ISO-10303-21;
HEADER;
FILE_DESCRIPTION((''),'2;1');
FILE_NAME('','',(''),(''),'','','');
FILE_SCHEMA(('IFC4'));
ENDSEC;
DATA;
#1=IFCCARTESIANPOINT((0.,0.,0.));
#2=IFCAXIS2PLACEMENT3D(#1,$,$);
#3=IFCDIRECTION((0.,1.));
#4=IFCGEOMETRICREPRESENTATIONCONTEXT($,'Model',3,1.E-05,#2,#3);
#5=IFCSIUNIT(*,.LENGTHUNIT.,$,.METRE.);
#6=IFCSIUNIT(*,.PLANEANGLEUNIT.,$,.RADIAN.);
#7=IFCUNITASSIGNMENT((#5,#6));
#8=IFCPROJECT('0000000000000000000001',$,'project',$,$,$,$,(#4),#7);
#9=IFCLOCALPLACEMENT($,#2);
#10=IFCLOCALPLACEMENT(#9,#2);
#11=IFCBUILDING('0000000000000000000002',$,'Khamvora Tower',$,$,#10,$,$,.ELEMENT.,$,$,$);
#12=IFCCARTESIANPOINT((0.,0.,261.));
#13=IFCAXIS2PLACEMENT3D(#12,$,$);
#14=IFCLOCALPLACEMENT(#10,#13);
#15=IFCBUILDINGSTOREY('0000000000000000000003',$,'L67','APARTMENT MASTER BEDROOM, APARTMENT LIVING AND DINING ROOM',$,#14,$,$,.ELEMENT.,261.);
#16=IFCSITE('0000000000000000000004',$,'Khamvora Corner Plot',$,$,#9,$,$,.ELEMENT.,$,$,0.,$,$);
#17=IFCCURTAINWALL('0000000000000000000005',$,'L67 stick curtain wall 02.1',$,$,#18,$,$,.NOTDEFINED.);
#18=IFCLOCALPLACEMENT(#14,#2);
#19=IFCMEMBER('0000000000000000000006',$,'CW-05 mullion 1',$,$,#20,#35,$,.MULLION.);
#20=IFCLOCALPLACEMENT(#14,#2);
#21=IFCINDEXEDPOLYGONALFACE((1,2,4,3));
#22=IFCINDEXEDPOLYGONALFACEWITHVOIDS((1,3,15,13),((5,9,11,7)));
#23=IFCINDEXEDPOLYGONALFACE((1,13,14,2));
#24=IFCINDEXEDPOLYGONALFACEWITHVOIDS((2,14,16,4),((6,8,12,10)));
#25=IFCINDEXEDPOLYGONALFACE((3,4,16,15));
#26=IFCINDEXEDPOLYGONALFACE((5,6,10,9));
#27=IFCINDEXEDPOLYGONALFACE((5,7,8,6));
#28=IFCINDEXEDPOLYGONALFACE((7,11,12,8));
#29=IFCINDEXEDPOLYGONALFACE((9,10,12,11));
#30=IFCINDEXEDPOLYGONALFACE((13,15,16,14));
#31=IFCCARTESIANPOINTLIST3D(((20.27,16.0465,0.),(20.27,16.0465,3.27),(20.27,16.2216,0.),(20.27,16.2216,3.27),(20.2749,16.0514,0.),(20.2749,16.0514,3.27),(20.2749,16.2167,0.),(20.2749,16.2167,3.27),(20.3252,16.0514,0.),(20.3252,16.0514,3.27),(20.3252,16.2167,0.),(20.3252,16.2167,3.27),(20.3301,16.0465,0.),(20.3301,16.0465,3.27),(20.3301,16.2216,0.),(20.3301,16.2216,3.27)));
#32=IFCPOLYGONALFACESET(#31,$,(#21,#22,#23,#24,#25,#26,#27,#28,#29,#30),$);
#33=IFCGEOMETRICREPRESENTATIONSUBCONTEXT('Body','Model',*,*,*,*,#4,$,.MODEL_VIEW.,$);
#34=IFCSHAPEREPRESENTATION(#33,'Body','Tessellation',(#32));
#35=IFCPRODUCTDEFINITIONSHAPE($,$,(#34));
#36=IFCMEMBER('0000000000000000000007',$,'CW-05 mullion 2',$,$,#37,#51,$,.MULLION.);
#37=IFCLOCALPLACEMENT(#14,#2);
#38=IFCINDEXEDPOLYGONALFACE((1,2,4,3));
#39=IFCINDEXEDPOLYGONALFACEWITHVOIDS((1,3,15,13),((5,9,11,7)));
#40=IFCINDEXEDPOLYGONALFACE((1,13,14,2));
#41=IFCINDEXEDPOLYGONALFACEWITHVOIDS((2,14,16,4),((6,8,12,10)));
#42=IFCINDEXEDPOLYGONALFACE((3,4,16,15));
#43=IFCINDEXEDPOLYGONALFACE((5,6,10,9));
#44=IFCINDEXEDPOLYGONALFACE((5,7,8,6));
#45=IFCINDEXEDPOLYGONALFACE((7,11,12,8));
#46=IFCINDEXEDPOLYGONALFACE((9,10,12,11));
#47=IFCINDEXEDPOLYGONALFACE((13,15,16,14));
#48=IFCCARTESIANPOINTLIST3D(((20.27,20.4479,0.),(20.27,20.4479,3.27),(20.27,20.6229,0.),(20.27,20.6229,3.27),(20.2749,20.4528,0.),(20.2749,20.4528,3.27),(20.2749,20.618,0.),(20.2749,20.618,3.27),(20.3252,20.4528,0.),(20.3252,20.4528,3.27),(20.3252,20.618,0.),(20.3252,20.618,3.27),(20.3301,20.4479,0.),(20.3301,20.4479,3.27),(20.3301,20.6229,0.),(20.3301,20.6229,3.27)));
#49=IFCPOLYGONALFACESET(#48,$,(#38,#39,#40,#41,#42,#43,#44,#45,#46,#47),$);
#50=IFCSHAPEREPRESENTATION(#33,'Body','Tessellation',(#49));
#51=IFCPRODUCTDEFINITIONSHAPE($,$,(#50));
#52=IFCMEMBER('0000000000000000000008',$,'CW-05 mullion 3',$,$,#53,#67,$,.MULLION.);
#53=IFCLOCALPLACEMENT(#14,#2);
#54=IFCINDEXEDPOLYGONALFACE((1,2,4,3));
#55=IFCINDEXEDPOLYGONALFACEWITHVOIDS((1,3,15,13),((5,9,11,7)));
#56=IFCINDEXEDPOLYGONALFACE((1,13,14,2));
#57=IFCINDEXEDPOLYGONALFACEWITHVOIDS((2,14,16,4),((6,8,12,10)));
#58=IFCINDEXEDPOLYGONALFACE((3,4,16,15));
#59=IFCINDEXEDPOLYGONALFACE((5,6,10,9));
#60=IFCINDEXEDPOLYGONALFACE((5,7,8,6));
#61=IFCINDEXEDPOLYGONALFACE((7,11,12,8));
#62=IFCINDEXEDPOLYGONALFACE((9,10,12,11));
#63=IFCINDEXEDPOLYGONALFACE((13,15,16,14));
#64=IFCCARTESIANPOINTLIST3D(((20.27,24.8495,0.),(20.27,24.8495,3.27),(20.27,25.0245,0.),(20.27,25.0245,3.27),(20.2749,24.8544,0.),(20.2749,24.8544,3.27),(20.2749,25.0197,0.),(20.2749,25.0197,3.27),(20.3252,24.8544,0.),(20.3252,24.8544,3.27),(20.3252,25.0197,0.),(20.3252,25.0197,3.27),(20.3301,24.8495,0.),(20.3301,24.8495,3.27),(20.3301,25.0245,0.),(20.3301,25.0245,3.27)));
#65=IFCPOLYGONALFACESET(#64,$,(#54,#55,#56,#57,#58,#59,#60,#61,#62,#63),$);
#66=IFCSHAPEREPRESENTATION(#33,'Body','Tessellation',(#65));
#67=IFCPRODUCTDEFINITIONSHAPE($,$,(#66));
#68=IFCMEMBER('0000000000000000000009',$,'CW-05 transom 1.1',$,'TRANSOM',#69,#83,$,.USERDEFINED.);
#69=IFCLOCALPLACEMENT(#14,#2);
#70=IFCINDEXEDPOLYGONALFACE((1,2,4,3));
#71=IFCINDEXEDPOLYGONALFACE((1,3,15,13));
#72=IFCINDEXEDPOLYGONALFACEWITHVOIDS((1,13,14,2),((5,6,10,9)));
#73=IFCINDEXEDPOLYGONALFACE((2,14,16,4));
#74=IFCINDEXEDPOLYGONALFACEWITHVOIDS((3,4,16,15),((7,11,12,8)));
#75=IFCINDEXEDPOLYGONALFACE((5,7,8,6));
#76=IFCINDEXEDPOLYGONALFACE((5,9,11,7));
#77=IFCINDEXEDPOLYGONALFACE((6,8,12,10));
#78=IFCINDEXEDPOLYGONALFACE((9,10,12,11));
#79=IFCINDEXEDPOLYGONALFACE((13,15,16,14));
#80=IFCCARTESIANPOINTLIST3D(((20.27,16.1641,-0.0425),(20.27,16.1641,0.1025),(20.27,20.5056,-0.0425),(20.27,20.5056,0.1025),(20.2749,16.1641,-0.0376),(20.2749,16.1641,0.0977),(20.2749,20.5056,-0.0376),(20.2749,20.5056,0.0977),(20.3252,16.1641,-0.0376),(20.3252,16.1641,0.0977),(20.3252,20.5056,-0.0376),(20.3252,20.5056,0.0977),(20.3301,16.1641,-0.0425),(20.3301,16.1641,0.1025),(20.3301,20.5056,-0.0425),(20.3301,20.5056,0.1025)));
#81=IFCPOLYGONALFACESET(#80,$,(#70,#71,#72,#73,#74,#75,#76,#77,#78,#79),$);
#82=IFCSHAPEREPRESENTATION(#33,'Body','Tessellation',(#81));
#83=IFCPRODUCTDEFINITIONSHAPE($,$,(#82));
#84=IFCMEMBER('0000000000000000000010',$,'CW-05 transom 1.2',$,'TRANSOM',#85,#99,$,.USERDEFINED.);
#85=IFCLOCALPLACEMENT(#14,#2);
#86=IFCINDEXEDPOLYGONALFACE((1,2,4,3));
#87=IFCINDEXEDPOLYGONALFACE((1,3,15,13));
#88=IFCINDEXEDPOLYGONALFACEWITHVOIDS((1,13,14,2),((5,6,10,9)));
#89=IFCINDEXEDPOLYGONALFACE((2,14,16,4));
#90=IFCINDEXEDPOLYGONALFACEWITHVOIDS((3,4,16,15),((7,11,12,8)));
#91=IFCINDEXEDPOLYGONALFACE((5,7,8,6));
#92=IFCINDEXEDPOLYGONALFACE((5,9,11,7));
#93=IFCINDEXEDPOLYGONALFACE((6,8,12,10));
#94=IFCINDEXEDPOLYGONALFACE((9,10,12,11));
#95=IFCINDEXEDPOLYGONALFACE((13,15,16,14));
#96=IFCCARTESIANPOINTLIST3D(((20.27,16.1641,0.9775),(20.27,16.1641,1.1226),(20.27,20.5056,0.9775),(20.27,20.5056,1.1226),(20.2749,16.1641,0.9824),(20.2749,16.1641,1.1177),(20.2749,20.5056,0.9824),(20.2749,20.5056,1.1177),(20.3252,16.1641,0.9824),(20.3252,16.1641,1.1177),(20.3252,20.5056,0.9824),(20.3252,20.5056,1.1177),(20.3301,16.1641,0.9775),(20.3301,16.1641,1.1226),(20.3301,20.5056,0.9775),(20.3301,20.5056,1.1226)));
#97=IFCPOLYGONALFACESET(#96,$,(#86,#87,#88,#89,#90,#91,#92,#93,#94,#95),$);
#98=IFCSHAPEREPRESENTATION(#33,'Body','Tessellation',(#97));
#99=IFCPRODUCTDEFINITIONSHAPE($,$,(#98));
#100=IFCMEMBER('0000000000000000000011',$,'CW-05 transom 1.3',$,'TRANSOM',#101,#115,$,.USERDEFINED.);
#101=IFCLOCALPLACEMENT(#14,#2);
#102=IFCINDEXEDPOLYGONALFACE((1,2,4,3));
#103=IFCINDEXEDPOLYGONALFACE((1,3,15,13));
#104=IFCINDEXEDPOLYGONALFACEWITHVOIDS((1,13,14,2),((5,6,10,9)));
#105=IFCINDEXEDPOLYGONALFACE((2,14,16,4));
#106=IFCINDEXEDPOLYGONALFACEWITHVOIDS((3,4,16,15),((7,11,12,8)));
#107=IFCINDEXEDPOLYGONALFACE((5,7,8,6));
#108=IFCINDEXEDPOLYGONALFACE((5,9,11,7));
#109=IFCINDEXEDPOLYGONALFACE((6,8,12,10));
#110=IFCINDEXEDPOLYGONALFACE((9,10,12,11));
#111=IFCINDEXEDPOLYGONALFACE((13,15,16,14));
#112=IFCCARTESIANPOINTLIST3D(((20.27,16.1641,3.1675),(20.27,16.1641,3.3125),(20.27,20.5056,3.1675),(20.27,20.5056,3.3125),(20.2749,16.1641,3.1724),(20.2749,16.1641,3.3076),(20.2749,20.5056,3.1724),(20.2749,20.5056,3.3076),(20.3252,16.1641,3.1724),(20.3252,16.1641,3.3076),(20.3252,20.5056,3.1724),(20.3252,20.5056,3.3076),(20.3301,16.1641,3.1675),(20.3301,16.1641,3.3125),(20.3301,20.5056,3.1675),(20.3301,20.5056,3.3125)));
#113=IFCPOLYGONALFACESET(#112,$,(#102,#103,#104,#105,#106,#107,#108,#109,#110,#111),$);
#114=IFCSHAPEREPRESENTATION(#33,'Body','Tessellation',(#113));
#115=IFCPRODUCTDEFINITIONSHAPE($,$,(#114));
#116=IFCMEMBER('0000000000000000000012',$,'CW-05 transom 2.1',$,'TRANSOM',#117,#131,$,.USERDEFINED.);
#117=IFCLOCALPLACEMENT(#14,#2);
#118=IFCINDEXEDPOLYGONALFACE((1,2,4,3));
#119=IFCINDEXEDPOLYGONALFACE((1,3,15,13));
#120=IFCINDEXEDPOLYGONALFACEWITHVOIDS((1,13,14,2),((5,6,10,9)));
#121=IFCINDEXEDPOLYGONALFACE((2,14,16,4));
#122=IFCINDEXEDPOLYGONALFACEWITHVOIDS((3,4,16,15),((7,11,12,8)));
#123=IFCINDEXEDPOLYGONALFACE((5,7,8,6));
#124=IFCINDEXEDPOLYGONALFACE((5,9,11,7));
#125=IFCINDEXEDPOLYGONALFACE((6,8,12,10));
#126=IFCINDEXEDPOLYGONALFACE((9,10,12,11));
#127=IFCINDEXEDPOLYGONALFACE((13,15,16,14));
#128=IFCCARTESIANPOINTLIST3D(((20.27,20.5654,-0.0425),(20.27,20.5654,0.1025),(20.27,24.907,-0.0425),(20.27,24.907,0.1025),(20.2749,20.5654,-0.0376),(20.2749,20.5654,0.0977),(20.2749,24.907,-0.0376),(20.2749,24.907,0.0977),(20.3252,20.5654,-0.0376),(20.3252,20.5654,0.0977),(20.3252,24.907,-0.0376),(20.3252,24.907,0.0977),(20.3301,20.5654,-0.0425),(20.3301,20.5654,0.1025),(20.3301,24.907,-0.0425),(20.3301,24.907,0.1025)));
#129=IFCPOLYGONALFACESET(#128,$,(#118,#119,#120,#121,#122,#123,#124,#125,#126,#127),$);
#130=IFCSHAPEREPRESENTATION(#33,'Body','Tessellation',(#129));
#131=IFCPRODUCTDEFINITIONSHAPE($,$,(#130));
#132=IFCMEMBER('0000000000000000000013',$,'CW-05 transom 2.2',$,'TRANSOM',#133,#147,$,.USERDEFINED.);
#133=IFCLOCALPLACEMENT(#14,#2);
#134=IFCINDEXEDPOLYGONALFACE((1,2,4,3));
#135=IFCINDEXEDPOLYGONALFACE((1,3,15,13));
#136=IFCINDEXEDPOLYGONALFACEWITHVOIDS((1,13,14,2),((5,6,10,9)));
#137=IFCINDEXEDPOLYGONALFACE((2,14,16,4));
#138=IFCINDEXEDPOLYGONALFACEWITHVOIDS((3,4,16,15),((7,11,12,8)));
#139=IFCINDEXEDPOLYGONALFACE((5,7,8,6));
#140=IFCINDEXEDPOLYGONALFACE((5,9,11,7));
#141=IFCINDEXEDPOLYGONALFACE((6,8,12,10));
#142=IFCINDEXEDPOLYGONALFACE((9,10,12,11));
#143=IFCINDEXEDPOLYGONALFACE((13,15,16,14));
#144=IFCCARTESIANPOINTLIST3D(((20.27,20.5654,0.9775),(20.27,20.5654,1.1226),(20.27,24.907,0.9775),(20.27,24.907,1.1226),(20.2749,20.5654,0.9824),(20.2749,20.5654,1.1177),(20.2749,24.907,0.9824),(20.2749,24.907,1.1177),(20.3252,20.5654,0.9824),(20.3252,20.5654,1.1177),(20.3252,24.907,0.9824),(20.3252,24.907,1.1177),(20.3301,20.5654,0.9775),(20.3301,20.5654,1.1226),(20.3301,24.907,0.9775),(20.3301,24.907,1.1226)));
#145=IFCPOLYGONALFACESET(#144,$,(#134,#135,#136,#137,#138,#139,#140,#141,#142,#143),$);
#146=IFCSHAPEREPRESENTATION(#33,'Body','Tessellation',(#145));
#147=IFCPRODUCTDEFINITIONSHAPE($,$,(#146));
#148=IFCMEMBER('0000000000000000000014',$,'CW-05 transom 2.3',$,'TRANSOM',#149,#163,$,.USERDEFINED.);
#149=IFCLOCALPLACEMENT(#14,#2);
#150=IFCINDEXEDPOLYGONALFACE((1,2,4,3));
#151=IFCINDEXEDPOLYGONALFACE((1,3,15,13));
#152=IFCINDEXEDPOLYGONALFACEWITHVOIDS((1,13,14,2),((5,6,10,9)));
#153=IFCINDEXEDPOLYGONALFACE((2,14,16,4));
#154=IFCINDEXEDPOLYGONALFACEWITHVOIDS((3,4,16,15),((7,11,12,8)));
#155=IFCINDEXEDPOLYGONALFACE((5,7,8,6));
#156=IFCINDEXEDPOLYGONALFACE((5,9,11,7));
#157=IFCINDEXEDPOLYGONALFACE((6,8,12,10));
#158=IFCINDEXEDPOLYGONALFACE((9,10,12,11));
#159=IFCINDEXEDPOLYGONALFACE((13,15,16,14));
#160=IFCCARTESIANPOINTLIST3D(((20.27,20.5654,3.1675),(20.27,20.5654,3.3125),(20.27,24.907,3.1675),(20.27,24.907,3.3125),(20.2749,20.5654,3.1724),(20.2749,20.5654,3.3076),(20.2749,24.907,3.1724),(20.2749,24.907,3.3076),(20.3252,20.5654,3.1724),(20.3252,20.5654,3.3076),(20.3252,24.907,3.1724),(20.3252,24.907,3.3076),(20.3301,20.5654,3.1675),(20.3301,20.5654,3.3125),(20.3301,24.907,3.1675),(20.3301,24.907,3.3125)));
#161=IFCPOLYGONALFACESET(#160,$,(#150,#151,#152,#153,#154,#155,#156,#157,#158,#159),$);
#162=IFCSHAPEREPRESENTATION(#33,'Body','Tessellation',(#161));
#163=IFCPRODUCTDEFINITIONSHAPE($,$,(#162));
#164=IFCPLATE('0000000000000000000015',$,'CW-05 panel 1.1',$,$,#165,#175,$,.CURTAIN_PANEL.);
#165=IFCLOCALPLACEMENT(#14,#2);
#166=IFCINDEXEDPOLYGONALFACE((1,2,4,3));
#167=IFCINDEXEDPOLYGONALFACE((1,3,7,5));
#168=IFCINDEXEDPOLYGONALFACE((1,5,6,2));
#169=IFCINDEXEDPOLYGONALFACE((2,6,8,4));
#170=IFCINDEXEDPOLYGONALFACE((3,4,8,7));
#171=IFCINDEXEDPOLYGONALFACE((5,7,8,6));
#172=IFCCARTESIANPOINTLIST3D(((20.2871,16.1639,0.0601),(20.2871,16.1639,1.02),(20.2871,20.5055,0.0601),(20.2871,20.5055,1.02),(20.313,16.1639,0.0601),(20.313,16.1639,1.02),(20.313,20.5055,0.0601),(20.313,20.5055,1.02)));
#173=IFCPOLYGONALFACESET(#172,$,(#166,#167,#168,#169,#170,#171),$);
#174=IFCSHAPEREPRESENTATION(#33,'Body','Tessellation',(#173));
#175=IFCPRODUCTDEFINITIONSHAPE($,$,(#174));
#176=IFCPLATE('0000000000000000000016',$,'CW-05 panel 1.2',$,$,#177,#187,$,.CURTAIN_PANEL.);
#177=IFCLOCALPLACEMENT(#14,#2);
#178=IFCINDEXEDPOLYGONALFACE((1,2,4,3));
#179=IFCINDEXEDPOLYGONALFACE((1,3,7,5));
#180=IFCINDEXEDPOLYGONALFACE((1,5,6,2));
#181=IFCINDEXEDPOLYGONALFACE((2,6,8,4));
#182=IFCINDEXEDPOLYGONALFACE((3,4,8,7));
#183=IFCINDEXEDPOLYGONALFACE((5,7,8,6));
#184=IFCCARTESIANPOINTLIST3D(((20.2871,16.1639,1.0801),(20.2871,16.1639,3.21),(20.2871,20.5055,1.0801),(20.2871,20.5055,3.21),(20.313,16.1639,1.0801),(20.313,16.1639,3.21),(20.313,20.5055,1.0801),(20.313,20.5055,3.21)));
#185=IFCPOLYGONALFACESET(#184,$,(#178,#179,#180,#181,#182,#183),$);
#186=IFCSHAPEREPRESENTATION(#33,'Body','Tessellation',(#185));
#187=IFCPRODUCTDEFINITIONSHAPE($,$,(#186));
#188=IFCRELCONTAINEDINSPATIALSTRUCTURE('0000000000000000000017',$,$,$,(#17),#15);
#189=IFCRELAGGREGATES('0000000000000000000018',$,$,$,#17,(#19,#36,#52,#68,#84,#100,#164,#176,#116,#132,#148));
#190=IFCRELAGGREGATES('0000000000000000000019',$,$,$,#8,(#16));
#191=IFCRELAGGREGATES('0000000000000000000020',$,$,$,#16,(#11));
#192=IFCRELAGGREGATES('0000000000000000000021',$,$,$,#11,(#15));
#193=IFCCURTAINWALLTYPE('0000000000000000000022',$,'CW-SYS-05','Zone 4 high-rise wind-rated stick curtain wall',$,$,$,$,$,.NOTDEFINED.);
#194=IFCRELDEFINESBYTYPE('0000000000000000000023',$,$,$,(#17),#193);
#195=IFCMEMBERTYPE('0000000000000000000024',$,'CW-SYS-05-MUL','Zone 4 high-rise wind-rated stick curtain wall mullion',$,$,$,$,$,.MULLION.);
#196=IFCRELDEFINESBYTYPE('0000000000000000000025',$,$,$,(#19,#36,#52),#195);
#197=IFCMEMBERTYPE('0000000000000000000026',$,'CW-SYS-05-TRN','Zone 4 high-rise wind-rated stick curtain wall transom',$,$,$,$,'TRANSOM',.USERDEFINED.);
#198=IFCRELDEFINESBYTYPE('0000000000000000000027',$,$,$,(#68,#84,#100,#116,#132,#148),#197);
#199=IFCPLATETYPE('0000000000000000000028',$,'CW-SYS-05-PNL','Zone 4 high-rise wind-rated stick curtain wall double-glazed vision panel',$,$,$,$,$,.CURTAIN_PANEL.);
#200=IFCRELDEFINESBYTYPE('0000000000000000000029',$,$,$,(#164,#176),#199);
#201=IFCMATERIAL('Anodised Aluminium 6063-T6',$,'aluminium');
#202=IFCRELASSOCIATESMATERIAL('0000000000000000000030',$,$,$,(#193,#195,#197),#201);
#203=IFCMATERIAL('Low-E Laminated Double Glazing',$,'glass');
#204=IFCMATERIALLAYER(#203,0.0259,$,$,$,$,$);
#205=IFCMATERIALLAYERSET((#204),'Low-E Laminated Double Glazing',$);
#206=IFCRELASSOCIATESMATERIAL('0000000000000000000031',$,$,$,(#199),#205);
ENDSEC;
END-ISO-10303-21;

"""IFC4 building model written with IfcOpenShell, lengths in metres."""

from ifc_helpers import new_model, si_unit, direction, frame, origin, origin_2d, place, context, subcontext, project, spatial, rectangle, hollow_rectangle, extrude, material, layer, layer_set, material_profile, profile_set, type_object, element, aggregate, save


model = new_model("IFC4")

# Units and contexts
model_context = context("Model", 3, precision=1e-05, world=origin(), true_north=direction((0.0, 1.0)))
body_context = subcontext(model_context, "Body", "Model", "MODEL_VIEW")
ifc_project = project(units=[si_unit("LENGTHUNIT", "METRE"), si_unit("PLANEANGLEUNIT", "RADIAN")], contexts=[model_context])

# Site, building, storey
site_placement = place(None, origin())
site = spatial("IfcSite", under=ifc_project, at=site_placement, Name="Khamvora Corner Plot", CompositionType="ELEMENT", RefElevation=0.0)
building_placement = place(site_placement, origin())
building = spatial("IfcBuilding", under=site, at=building_placement, Name="Khamvora Tower", CompositionType="ELEMENT")
storey_placement = place(building_placement, frame((0.0, 0.0, 261.0)))
storey = spatial("IfcBuildingStorey", under=building, at=storey_placement, Name="L67", Description="APARTMENT MASTER BEDROOM, APARTMENT LIVING AND DINING ROOM", CompositionType="ELEMENT", Elevation=261.0)

# Curtain wall, members, plates
ifc_material_1 = material(Name="Anodised Aluminium 6063-T6", Category="aluminium")
curtain_wall_type = type_object("IfcCurtainWallType", Name="CW-SYS-05", Description="Zone 4 high-rise wind-rated stick curtain wall", PredefinedType="NOTDEFINED", material=ifc_material_1)
curtain_wall_placement = place(storey_placement, origin())
curtain_wall = element("IfcCurtainWall", 1, at=curtain_wall_placement, inside=storey, type_object=curtain_wall_type, Name="L67 stick curtain wall 02.1", PredefinedType="NOTDEFINED")
ifc_material_profile_1 = material_profile(ifc_material_1, hollow_rectangle(XDim=0.0601, YDim=0.175, WallThickness=0.0049, at=origin_2d()), Name="MUL60x175x5")
ifc_profile_set_1 = profile_set([ifc_material_profile_1], Name="Anodised Aluminium 6063-T6")
member_type_1 = type_object("IfcMemberType", Name="CW-SYS-05-MUL", Description="Zone 4 high-rise wind-rated stick curtain wall mullion", PredefinedType="MULLION", material=ifc_profile_set_1)
member_1_placement = place(storey_placement, frame((20.3, 16.134, 0.0), z_axis=(0.0, 0.0, 1.0), x_axis=(-1.0, 0.0, 0.0)))
member_1 = element("IfcMember", 2, at=member_1_placement, type_object=member_type_1, Name="CW-05 mullion 1", PredefinedType="MULLION", context=body_context, shape_type="SweptSolid", body=[
    extrude(hollow_rectangle(XDim=0.0601, YDim=0.175, WallThickness=0.0049, at=origin_2d()), origin(), (0.0, 0.0, 1.0), 3.27),
])
member_2_placement = place(storey_placement, frame((20.3, 20.5354, 0.0), z_axis=(0.0, 0.0, 1.0), x_axis=(-1.0, 0.0, 0.0)))
member_2 = element("IfcMember", 3, at=member_2_placement, type_object=member_type_1, Name="CW-05 mullion 2", PredefinedType="MULLION", context=body_context, shape_type="SweptSolid", body=[
    extrude(hollow_rectangle(XDim=0.0601, YDim=0.175, WallThickness=0.0049, at=origin_2d()), origin(), (0.0, 0.0, 1.0), 3.27),
])
member_3_placement = place(storey_placement, frame((20.3, 24.937, 0.0), z_axis=(0.0, 0.0, 1.0), x_axis=(-1.0, 0.0, 0.0)))
member_3 = element("IfcMember", 4, at=member_3_placement, type_object=member_type_1, Name="CW-05 mullion 3", PredefinedType="MULLION", context=body_context, shape_type="SweptSolid", body=[
    extrude(hollow_rectangle(XDim=0.0601, YDim=0.175, WallThickness=0.0049, at=origin_2d()), origin(), (0.0, 0.0, 1.0), 3.27),
])
ifc_material_profile_2 = material_profile(ifc_material_1, hollow_rectangle(XDim=0.0601, YDim=0.145, WallThickness=0.0049, at=origin_2d()), Name="TRN60x145x5")
ifc_profile_set_2 = profile_set([ifc_material_profile_2], Name="Anodised Aluminium 6063-T6")
member_type_2 = type_object("IfcMemberType", Name="CW-SYS-05-TRN", Description="Zone 4 high-rise wind-rated stick curtain wall transom", ElementType="TRANSOM", PredefinedType="USERDEFINED", material=ifc_profile_set_2)
member_4_placement = place(storey_placement, frame((20.3, 16.1641, 0.03), z_axis=(0.0, 1.0, 0.0), x_axis=(-1.0, 0.0, 0.0)))
member_4 = element("IfcMember", 5, at=member_4_placement, type_object=member_type_2, Name="CW-05 transom 1.1", ObjectType="TRANSOM", PredefinedType="USERDEFINED", context=body_context, shape_type="SweptSolid", body=[
    extrude(hollow_rectangle(XDim=0.0601, YDim=0.145, WallThickness=0.0049, at=origin_2d()), origin(), (0.0, 0.0, 1.0), 4.3416),
])
member_5_placement = place(storey_placement, frame((20.3, 16.1641, 1.05), z_axis=(0.0, 1.0, 0.0), x_axis=(-1.0, 0.0, 0.0)))
member_5 = element("IfcMember", 6, at=member_5_placement, type_object=member_type_2, Name="CW-05 transom 1.2", ObjectType="TRANSOM", PredefinedType="USERDEFINED", context=body_context, shape_type="SweptSolid", body=[
    extrude(hollow_rectangle(XDim=0.0601, YDim=0.145, WallThickness=0.0049, at=origin_2d()), origin(), (0.0, 0.0, 1.0), 4.3416),
])
member_6_placement = place(storey_placement, frame((20.3, 16.1641, 3.24), z_axis=(0.0, 1.0, 0.0), x_axis=(-1.0, 0.0, 0.0)))
member_6 = element("IfcMember", 7, at=member_6_placement, type_object=member_type_2, Name="CW-05 transom 1.3", ObjectType="TRANSOM", PredefinedType="USERDEFINED", context=body_context, shape_type="SweptSolid", body=[
    extrude(hollow_rectangle(XDim=0.0601, YDim=0.145, WallThickness=0.0049, at=origin_2d()), origin(), (0.0, 0.0, 1.0), 4.3416),
])
member_7_placement = place(storey_placement, frame((20.3, 20.5654, 0.03), z_axis=(0.0, 1.0, 0.0), x_axis=(-1.0, 0.0, 0.0)))
member_7 = element("IfcMember", 8, at=member_7_placement, type_object=member_type_2, Name="CW-05 transom 2.1", ObjectType="TRANSOM", PredefinedType="USERDEFINED", context=body_context, shape_type="SweptSolid", body=[
    extrude(hollow_rectangle(XDim=0.0601, YDim=0.145, WallThickness=0.0049, at=origin_2d()), origin(), (0.0, 0.0, 1.0), 4.3416),
])
member_8_placement = place(storey_placement, frame((20.3, 20.5654, 1.05), z_axis=(0.0, 1.0, 0.0), x_axis=(-1.0, 0.0, 0.0)))
member_8 = element("IfcMember", 9, at=member_8_placement, type_object=member_type_2, Name="CW-05 transom 2.2", ObjectType="TRANSOM", PredefinedType="USERDEFINED", context=body_context, shape_type="SweptSolid", body=[
    extrude(hollow_rectangle(XDim=0.0601, YDim=0.145, WallThickness=0.0049, at=origin_2d()), origin(), (0.0, 0.0, 1.0), 4.3416),
])
member_9_placement = place(storey_placement, frame((20.3, 20.5654, 3.24), z_axis=(0.0, 1.0, 0.0), x_axis=(-1.0, 0.0, 0.0)))
member_9 = element("IfcMember", 10, at=member_9_placement, type_object=member_type_2, Name="CW-05 transom 2.3", ObjectType="TRANSOM", PredefinedType="USERDEFINED", context=body_context, shape_type="SweptSolid", body=[
    extrude(hollow_rectangle(XDim=0.0601, YDim=0.145, WallThickness=0.0049, at=origin_2d()), origin(), (0.0, 0.0, 1.0), 4.3416),
])
ifc_material_2 = material(Name="Low-E Laminated Double Glazing", Category="glass")
ifc_layer_1 = layer(ifc_material_2, 0.0259)
ifc_layer_set_1 = layer_set([ifc_layer_1], Name="Low-E Laminated Double Glazing")
plate_type = type_object("IfcPlateType", Name="CW-SYS-05-PNL", Description="Zone 4 high-rise wind-rated stick curtain wall double-glazed vision panel", PredefinedType="CURTAIN_PANEL", material=ifc_layer_set_1)
plate_1_placement = place(storey_placement, frame((20.3, 18.3347, 0.0601), z_axis=(0.0, 0.0, 1.0), x_axis=(0.0, 1.0, 0.0)))
plate_1 = element("IfcPlate", 11, at=plate_1_placement, type_object=plate_type, Name="CW-05 panel 1.1", PredefinedType="CURTAIN_PANEL", context=body_context, shape_type="SweptSolid", body=[
    extrude(rectangle(XDim=4.3416, YDim=0.0259, at=origin_2d()), origin(), (0.0, 0.0, 1.0), 0.96),
])
plate_2_placement = place(storey_placement, frame((20.3, 18.3347, 1.0801), z_axis=(0.0, 0.0, 1.0), x_axis=(0.0, 1.0, 0.0)))
plate_2 = element("IfcPlate", 12, at=plate_2_placement, type_object=plate_type, Name="CW-05 panel 1.2", PredefinedType="CURTAIN_PANEL", context=body_context, shape_type="SweptSolid", body=[
    extrude(rectangle(XDim=4.3416, YDim=0.0259, at=origin_2d()), origin(), (0.0, 0.0, 1.0), 2.1299),
])
aggregate(curtain_wall, [member_1, member_2, member_3, member_4, member_5, member_6, plate_1, plate_2, member_7, member_8, member_9])

save(model, "model.ifc")
